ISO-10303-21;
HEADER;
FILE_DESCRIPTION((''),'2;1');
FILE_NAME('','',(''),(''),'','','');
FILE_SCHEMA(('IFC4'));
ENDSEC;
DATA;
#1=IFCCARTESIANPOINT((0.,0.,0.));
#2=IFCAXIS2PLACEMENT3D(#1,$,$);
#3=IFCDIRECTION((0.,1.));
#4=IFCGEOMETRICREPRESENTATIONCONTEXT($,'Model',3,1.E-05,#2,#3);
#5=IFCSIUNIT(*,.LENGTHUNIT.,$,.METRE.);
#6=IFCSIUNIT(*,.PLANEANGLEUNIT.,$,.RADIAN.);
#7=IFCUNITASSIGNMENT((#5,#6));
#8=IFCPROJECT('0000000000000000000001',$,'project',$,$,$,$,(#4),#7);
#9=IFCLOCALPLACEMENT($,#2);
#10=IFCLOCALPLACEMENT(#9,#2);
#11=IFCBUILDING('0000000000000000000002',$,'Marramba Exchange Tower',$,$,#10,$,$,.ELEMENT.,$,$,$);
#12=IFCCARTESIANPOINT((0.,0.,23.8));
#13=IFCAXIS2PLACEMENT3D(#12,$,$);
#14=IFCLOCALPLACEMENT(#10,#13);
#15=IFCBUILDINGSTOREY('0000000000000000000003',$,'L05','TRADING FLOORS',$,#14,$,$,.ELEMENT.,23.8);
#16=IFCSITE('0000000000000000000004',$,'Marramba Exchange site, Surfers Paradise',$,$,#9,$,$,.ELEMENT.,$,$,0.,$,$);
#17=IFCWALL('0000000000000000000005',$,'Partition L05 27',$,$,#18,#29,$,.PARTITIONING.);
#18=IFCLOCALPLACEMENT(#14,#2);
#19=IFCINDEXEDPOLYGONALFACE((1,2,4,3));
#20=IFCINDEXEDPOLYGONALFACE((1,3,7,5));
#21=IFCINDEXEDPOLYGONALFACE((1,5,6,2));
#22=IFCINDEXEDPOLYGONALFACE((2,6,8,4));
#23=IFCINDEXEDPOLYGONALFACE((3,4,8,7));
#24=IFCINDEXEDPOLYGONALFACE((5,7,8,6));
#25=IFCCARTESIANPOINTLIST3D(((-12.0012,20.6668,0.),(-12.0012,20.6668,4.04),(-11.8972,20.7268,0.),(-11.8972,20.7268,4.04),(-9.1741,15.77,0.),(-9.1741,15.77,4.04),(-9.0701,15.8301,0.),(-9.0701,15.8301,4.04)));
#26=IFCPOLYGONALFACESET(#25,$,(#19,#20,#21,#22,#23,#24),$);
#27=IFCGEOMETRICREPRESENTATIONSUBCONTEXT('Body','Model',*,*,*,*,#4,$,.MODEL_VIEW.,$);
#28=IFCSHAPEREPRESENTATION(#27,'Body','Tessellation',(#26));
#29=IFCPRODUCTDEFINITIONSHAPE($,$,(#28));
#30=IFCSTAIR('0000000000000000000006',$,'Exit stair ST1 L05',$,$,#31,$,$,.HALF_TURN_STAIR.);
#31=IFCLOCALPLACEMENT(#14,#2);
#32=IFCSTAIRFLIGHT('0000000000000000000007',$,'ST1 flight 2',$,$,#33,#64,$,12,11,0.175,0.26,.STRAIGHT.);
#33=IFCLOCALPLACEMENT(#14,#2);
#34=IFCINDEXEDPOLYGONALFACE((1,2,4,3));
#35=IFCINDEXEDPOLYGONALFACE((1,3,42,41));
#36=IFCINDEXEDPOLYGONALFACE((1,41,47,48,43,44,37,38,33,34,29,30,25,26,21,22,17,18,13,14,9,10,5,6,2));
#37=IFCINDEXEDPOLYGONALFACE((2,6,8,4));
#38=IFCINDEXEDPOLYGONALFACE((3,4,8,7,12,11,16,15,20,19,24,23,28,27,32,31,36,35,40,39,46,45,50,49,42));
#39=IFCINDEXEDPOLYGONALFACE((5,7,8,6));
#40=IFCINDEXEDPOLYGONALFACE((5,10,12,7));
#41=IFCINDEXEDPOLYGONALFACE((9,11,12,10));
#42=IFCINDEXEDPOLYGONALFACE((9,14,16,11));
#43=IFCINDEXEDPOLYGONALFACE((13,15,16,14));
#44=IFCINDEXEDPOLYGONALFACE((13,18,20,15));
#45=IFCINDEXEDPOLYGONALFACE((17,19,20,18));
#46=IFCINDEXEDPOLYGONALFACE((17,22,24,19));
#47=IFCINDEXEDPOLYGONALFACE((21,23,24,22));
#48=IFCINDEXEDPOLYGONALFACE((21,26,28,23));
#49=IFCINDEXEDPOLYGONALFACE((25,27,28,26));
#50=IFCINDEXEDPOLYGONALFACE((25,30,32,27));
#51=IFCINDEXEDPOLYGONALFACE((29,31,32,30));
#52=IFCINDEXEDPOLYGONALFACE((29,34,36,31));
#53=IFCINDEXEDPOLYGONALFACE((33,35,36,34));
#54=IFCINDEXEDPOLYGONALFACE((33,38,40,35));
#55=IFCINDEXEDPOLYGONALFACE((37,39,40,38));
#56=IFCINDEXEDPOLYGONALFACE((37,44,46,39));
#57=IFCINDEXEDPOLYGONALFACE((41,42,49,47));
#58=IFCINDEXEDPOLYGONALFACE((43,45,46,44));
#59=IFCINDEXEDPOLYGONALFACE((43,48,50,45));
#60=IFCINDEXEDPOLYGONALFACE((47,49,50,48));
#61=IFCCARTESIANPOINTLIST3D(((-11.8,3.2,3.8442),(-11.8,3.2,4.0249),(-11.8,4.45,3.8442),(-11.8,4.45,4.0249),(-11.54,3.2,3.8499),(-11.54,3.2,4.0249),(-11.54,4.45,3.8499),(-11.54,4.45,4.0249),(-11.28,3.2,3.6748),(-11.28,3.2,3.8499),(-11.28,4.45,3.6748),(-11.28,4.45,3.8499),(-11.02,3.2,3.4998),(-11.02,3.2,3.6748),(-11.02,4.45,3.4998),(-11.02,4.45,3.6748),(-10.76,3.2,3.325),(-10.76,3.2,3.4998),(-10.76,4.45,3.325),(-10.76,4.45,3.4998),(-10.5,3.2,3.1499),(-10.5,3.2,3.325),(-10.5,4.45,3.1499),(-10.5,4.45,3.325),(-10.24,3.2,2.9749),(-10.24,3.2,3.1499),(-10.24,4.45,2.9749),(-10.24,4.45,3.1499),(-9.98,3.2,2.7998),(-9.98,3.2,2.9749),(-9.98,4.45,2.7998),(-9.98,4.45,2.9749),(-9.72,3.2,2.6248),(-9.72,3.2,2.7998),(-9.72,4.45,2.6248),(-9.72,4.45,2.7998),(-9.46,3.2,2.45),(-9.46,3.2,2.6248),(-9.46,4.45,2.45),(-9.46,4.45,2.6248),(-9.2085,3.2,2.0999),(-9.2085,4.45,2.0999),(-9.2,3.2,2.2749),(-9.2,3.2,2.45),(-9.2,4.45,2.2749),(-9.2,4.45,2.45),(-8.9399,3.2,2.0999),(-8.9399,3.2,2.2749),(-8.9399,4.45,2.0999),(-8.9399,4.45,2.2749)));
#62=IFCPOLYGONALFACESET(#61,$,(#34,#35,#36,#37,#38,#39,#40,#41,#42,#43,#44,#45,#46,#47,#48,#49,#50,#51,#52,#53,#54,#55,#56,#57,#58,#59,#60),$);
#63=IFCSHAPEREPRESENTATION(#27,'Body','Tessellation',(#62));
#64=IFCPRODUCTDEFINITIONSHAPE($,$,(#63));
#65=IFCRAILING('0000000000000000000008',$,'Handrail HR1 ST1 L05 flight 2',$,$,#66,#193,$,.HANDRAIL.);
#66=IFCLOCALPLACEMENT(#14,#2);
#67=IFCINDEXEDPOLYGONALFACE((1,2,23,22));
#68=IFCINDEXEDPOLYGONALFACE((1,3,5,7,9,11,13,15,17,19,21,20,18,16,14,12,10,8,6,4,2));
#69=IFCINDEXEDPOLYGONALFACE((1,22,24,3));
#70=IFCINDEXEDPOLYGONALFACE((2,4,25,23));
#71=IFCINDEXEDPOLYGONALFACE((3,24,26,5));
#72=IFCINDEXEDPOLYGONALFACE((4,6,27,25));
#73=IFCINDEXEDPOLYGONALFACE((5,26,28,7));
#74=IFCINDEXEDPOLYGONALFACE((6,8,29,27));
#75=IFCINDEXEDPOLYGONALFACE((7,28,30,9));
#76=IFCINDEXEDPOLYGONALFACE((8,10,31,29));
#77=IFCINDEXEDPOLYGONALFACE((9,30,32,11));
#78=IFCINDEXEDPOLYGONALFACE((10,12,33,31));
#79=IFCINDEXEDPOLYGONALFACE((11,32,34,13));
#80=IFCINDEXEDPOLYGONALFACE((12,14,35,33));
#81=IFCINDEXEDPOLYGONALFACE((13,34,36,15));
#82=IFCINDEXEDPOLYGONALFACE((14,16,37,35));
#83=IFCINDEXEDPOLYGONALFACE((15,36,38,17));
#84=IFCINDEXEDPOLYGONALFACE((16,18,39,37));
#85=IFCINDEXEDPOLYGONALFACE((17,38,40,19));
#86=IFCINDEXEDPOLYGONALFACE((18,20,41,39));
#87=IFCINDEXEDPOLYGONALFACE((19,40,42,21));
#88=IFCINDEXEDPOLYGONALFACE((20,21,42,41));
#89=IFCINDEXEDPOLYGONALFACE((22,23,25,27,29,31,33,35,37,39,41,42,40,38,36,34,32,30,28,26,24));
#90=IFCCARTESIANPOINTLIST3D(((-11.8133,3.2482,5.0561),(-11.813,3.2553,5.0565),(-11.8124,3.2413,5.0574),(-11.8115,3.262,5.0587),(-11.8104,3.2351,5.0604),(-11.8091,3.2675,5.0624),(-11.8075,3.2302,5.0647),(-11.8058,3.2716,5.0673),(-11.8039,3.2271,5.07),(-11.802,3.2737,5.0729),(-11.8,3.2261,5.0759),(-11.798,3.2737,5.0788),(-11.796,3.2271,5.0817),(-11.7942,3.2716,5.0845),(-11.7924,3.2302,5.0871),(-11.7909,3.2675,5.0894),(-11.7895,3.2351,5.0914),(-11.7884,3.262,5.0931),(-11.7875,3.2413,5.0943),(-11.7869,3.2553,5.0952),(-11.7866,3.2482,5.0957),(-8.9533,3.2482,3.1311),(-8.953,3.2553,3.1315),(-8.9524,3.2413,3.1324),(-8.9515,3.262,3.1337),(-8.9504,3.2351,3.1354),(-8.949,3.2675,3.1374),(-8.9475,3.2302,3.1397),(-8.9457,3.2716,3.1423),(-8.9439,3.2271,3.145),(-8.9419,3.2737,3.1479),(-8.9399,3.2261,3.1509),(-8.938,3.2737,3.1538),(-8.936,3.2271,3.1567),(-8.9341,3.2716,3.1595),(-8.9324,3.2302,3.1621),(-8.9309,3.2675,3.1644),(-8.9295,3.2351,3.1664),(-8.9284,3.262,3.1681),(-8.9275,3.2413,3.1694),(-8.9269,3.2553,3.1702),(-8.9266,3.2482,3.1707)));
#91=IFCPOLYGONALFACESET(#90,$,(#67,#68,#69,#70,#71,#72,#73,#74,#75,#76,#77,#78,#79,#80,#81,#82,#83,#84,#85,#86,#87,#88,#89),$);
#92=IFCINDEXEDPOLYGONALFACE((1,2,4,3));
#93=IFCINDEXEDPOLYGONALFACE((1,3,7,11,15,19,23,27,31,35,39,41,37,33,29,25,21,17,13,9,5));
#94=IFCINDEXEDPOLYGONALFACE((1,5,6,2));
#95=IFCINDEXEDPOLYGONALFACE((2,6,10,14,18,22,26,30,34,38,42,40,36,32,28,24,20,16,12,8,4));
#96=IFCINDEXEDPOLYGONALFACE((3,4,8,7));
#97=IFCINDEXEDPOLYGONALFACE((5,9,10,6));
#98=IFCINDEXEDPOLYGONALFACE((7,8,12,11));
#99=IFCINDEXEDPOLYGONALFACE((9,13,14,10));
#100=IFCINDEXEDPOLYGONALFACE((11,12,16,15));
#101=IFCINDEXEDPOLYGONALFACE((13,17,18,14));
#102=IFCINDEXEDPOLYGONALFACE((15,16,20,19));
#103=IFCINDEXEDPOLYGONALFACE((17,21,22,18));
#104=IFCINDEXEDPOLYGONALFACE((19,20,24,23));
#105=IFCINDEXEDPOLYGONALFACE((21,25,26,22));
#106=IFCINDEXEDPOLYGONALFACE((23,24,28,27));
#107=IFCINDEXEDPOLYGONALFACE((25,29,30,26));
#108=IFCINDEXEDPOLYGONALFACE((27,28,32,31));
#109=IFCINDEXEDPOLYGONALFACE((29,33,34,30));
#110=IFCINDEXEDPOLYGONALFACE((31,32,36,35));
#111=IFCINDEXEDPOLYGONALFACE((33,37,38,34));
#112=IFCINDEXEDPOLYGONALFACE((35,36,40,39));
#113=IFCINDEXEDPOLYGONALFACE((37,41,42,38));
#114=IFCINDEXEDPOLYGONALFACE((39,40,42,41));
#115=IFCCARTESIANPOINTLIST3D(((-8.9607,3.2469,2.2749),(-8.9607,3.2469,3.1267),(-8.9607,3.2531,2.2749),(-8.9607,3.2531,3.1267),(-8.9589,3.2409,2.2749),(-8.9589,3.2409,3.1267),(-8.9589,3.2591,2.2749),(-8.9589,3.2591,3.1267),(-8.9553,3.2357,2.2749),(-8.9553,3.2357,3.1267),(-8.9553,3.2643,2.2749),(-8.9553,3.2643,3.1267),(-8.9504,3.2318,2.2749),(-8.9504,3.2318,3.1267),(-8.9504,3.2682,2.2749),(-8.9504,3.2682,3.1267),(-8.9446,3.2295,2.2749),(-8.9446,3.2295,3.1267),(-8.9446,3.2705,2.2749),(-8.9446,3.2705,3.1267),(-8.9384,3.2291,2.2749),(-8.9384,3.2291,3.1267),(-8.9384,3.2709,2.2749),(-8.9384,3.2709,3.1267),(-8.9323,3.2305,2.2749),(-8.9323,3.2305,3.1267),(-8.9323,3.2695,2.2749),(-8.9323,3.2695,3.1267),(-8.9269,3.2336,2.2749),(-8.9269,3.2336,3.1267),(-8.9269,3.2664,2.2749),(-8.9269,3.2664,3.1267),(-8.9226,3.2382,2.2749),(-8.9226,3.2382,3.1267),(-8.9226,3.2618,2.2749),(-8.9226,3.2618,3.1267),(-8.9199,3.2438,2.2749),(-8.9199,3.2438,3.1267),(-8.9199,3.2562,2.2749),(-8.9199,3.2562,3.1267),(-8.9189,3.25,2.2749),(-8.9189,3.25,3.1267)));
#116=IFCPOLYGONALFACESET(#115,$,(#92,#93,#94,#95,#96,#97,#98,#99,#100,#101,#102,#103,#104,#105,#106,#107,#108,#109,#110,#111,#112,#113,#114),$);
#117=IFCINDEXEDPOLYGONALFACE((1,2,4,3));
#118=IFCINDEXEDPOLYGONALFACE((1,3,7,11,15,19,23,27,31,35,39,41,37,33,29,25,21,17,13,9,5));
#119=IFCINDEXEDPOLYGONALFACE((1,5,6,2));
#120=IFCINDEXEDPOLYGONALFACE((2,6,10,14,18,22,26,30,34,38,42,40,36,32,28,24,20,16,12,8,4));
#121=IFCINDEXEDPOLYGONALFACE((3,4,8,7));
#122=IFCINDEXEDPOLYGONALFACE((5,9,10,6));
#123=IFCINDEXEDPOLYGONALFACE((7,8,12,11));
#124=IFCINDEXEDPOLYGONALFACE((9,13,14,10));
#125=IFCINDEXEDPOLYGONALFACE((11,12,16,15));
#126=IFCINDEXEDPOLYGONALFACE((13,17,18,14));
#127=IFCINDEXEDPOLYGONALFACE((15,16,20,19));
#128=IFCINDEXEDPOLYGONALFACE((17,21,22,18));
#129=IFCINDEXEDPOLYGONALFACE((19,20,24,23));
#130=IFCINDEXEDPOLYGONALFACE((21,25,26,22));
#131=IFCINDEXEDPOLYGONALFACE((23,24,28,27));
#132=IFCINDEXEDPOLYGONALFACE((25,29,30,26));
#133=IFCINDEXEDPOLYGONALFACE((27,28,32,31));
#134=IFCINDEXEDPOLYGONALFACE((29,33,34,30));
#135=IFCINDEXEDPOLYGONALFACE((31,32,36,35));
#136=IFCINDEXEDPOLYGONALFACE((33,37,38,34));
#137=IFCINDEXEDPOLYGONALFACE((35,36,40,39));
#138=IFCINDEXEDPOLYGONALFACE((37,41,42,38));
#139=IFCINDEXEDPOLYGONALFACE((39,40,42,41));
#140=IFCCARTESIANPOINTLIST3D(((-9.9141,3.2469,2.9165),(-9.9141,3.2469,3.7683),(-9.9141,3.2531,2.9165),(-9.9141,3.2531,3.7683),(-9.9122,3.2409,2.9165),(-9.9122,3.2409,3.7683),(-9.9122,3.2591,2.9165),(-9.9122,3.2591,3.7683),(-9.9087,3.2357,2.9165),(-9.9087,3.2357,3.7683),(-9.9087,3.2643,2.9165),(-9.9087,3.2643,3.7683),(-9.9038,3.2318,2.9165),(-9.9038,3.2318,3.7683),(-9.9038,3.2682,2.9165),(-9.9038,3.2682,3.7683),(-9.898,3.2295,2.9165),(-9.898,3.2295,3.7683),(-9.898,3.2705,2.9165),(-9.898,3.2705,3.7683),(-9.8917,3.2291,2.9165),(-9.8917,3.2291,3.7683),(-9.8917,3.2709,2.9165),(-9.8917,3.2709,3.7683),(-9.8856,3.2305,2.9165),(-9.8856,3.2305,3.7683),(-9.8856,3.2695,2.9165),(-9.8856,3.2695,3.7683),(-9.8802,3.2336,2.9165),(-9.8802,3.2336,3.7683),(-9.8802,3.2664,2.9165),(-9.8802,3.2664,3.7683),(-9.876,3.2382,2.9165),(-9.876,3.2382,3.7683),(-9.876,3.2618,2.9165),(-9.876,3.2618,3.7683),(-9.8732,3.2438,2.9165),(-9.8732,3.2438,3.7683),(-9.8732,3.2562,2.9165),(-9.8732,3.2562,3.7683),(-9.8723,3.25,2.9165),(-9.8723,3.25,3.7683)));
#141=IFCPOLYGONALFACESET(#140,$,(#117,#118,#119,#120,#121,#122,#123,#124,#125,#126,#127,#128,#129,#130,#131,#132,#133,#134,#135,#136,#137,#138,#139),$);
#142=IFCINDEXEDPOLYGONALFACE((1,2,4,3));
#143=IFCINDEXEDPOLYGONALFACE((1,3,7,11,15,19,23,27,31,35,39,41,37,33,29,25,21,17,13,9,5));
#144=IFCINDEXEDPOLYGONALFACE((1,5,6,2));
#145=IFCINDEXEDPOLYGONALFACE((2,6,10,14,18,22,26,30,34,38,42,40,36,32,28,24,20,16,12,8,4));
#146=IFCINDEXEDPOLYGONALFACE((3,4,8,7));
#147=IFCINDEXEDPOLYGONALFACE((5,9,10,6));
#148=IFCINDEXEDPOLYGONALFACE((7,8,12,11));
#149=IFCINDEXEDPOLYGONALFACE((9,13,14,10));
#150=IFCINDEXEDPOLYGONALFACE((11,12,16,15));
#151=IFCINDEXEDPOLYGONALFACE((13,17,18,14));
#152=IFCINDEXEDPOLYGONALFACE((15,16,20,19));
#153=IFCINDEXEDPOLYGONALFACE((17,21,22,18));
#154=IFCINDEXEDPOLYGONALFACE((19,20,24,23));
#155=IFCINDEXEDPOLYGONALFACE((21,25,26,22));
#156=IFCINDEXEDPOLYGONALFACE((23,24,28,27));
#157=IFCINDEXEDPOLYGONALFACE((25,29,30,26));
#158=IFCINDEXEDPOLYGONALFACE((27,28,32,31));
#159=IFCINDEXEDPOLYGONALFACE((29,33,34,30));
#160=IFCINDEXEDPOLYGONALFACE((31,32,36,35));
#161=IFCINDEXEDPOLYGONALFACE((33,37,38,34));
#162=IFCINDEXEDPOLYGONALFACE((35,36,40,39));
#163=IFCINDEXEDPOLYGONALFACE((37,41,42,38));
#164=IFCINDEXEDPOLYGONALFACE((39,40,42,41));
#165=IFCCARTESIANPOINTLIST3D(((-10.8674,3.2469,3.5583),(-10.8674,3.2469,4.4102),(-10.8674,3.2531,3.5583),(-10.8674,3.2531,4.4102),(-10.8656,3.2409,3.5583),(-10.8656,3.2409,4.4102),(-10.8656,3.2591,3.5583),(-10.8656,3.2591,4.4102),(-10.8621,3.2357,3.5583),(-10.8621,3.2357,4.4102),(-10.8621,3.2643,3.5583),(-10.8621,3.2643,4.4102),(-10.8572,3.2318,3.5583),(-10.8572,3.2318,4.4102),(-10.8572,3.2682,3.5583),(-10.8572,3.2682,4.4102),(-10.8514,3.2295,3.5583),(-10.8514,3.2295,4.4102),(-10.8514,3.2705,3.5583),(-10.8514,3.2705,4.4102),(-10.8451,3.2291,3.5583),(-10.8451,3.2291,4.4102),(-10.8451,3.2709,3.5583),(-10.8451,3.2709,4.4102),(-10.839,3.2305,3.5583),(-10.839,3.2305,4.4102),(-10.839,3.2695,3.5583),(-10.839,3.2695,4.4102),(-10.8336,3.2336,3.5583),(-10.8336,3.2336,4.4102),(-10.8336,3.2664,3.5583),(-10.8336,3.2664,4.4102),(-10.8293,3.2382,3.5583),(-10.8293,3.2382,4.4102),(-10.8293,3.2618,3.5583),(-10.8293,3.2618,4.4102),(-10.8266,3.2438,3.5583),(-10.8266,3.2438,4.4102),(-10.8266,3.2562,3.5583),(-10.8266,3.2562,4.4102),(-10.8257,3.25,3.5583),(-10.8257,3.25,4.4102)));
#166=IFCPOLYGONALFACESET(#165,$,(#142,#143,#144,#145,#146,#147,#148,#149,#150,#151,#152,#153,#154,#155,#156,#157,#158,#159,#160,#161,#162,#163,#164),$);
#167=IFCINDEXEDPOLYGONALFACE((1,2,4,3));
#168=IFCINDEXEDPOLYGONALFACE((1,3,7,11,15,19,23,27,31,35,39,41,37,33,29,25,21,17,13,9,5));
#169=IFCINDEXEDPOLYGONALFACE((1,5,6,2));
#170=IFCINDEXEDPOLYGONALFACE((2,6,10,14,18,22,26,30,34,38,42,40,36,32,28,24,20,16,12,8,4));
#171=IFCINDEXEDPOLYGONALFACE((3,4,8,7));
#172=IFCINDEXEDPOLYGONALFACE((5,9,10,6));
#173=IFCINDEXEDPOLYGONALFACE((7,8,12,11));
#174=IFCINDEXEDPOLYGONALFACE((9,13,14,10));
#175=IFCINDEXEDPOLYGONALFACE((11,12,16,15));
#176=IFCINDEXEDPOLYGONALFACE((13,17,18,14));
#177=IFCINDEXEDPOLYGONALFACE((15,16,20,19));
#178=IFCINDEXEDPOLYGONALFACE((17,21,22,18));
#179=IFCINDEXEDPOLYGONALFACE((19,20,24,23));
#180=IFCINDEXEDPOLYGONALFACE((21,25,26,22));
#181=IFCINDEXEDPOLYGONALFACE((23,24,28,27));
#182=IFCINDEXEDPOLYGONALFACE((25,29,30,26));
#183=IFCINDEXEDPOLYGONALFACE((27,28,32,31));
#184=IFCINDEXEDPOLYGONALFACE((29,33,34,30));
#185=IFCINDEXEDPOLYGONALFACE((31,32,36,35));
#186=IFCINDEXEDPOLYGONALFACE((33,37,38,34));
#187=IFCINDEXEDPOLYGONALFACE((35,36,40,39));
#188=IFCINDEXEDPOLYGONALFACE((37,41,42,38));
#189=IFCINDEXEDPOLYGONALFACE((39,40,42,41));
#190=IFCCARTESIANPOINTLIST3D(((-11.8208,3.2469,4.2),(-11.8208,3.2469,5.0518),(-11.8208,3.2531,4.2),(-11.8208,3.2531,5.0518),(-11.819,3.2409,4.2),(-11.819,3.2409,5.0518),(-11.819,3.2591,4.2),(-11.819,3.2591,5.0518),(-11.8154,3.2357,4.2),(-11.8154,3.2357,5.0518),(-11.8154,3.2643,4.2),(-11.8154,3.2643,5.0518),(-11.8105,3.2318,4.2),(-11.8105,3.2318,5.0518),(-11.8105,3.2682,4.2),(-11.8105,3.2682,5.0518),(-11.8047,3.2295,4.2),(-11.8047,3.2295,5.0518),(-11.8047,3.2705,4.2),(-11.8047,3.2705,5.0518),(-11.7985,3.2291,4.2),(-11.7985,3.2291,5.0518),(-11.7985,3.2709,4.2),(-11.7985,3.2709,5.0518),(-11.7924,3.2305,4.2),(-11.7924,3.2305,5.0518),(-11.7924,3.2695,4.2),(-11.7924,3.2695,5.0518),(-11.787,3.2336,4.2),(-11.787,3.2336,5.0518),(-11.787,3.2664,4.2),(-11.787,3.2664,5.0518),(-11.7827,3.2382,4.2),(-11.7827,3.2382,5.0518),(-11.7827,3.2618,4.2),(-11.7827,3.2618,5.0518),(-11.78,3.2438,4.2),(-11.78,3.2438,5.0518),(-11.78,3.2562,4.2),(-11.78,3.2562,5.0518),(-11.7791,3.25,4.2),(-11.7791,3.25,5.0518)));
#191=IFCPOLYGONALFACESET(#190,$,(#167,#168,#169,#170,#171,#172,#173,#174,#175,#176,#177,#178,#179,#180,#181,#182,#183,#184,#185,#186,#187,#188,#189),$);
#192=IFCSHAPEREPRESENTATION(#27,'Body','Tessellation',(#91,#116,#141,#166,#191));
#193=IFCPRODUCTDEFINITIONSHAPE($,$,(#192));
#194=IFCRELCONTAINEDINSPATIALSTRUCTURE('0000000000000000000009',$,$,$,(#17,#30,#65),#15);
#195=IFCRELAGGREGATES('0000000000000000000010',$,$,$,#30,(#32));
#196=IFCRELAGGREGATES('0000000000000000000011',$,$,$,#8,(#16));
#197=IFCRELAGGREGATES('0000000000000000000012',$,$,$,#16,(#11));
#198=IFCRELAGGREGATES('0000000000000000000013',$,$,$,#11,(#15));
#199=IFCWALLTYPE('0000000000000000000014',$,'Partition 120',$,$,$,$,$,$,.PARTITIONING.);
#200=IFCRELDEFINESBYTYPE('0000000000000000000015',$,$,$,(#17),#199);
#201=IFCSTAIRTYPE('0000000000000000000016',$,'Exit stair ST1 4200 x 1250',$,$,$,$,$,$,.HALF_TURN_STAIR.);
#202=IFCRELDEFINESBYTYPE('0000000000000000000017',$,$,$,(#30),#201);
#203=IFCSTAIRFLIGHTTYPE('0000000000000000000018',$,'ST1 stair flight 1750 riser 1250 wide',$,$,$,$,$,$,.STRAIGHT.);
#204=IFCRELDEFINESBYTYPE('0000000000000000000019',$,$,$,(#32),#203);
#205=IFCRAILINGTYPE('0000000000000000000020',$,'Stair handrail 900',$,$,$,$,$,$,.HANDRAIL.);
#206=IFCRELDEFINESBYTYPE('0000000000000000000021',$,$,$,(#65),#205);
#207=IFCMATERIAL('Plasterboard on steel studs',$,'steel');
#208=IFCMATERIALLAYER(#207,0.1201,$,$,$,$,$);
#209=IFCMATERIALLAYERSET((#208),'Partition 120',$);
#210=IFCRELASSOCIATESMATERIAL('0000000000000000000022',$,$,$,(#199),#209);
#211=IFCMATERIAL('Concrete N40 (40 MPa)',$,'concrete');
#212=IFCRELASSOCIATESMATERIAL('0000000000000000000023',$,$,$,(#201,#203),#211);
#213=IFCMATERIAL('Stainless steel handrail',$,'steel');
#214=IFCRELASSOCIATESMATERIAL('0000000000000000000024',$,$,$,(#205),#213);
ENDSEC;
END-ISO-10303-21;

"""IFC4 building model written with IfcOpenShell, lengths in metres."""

from ifc_helpers import new_model, si_unit, direction, frame, frame_2d, origin, origin_2d, place, context, subcontext, project, spatial, polyline, rectangle, circle, outline, extrude, material, layer, layer_set, type_object, element, aggregate, save


model = new_model("IFC4")

# Units and contexts
model_context = context("Model", 3, precision=1e-05, world=origin(), true_north=direction((0.0, 1.0)))
body_context = subcontext(model_context, "Body", "Model", "MODEL_VIEW")
ifc_project = project(units=[si_unit("LENGTHUNIT", "METRE"), si_unit("PLANEANGLEUNIT", "RADIAN")], contexts=[model_context])

# Site, building, storey
site_placement = place(None, origin())
site = spatial("IfcSite", under=ifc_project, at=site_placement, Name="Marramba Exchange site, Surfers Paradise", CompositionType="ELEMENT", RefElevation=0.0)
building_placement = place(site_placement, origin())
building = spatial("IfcBuilding", under=site, at=building_placement, Name="Marramba Exchange Tower", CompositionType="ELEMENT")
storey_placement = place(building_placement, frame((0.0, 0.0, 23.8)))
storey = spatial("IfcBuildingStorey", under=building, at=storey_placement, Name="L05", Description="TRADING FLOORS", CompositionType="ELEMENT", Elevation=23.8)

# Wall
ifc_material_1 = material(Name="Plasterboard on steel studs", Category="steel")
ifc_layer_1 = layer(ifc_material_1, 0.1201)
ifc_layer_set_1 = layer_set([ifc_layer_1], Name="Partition 120")
wall_type_1 = type_object("IfcWallType", Name="Partition 120", PredefinedType="PARTITIONING", material=ifc_layer_set_1)
wall_1_placement = place(storey_placement, frame((-9.1221, 15.8, 0.0), z_axis=(0.0, 0.0, 1.0), x_axis=(-0.500003, 0.866024, 0.0)))
element("IfcWall", 1, at=wall_1_placement, inside=storey, type_object=wall_type_1, Name="Partition L05 27", PredefinedType="PARTITIONING", context=body_context, shape_type="SweptSolid", body=[
    extrude(rectangle(XDim=5.6543, YDim=0.1201, at=frame_2d((2.8271, 0.0))), origin(), (0.0, 0.0, 1.0), 4.04),
])

# Stair, stair flight
ifc_material_2 = material(Name="Concrete N40 (40 MPa)", Category="concrete")
stair_type = type_object("IfcStairType", Name="Exit stair ST1 4200 x 1250", PredefinedType="HALF_TURN_STAIR", material=ifc_material_2)
stair_placement = place(storey_placement, origin())
stair = element("IfcStair", 2, at=stair_placement, inside=storey, type_object=stair_type, Name="Exit stair ST1 L05", PredefinedType="HALF_TURN_STAIR")
stair_flight_type = type_object("IfcStairFlightType", Name="ST1 stair flight 1750 riser 1250 wide", PredefinedType="STRAIGHT", material=ifc_material_2)
stair_flight_placement = place(storey_placement, frame((-8.9399, 3.825, 2.0999), z_axis=(0.0, 0.0, 1.0), x_axis=(-1.0, 0.0, 0.0)))
stair_flight = element("IfcStairFlight", 3, at=stair_flight_placement, type_object=stair_flight_type, Name="ST1 flight 2", NumberOfRisers=12, NumberOfTreads=11, PredefinedType="STRAIGHT", RiserHeight=0.175, TreadLength=0.26, context=body_context, shape_type="SweptSolid", body=[
    extrude(outline(polyline([(0.0, 0.0), (0.0, 0.175), (0.26, 0.175), (0.26, 0.3501), (0.52, 0.3501), (0.52, 0.5249), (0.78, 0.5249), (0.78, 0.7), (1.04, 0.7), (1.04, 0.875), (1.3, 0.875), (1.3, 1.05), (1.5601, 1.05), (1.5601, 1.2251), (1.8201, 1.2251), (1.8201, 1.3999), (2.0801, 1.3999), (2.0801, 1.575), (2.3401, 1.575), (2.3401, 1.75), (2.6001, 1.75), (2.6001, 1.925), (2.8601, 1.925), (2.8601, 2.1001), (2.8601, 1.7444), (0.2686, 0.0), (0.0, 0.0)])), frame((0.0, 0.625, 0.0), z_axis=(0.0, -1.0, 0.0), x_axis=(1.0, 0.0, 0.0)), (0.0, 0.0, 1.0), 1.25),
])
aggregate(stair, [stair_flight])

# Railing
ifc_material_3 = material(Name="Stainless steel handrail", Category="steel")
railing_type = type_object("IfcRailingType", Name="Stair handrail 900", PredefinedType="HANDRAIL", material=ifc_material_3)
railing_placement = place(storey_placement, frame((-8.9399, 3.25, 2.2749)))
element("IfcRailing", 4, at=railing_placement, inside=storey, type_object=railing_type, Name="Handrail HR1 ST1 L05 flight 2", PredefinedType="HANDRAIL", context=body_context, shape_type="SweptSolid", body=[
    extrude(circle(Radius=0.0239, at=origin_2d()), frame((0.0, 0.0, 0.876), z_axis=(-0.829591, 0.0, 0.558372), x_axis=(0.0, -1.0, 0.0)), (0.0, 0.0, 1.0), 3.4475),
    extrude(circle(Radius=0.021, at=origin_2d()), origin(), (0.0, 0.0, 1.0), 0.8518),
    extrude(circle(Radius=0.021, at=origin_2d()), frame((-0.9534, 0.0, 0.6416)), (0.0, 0.0, 1.0), 0.8518),
    extrude(circle(Radius=0.021, at=origin_2d()), frame((-1.9067, 0.0, 1.2834)), (0.0, 0.0, 1.0), 0.8518),
    extrude(circle(Radius=0.021, at=origin_2d()), frame((-2.8601, 0.0, 1.925)), (0.0, 0.0, 1.0), 0.8518),
])

save(model, "model.ifc")
